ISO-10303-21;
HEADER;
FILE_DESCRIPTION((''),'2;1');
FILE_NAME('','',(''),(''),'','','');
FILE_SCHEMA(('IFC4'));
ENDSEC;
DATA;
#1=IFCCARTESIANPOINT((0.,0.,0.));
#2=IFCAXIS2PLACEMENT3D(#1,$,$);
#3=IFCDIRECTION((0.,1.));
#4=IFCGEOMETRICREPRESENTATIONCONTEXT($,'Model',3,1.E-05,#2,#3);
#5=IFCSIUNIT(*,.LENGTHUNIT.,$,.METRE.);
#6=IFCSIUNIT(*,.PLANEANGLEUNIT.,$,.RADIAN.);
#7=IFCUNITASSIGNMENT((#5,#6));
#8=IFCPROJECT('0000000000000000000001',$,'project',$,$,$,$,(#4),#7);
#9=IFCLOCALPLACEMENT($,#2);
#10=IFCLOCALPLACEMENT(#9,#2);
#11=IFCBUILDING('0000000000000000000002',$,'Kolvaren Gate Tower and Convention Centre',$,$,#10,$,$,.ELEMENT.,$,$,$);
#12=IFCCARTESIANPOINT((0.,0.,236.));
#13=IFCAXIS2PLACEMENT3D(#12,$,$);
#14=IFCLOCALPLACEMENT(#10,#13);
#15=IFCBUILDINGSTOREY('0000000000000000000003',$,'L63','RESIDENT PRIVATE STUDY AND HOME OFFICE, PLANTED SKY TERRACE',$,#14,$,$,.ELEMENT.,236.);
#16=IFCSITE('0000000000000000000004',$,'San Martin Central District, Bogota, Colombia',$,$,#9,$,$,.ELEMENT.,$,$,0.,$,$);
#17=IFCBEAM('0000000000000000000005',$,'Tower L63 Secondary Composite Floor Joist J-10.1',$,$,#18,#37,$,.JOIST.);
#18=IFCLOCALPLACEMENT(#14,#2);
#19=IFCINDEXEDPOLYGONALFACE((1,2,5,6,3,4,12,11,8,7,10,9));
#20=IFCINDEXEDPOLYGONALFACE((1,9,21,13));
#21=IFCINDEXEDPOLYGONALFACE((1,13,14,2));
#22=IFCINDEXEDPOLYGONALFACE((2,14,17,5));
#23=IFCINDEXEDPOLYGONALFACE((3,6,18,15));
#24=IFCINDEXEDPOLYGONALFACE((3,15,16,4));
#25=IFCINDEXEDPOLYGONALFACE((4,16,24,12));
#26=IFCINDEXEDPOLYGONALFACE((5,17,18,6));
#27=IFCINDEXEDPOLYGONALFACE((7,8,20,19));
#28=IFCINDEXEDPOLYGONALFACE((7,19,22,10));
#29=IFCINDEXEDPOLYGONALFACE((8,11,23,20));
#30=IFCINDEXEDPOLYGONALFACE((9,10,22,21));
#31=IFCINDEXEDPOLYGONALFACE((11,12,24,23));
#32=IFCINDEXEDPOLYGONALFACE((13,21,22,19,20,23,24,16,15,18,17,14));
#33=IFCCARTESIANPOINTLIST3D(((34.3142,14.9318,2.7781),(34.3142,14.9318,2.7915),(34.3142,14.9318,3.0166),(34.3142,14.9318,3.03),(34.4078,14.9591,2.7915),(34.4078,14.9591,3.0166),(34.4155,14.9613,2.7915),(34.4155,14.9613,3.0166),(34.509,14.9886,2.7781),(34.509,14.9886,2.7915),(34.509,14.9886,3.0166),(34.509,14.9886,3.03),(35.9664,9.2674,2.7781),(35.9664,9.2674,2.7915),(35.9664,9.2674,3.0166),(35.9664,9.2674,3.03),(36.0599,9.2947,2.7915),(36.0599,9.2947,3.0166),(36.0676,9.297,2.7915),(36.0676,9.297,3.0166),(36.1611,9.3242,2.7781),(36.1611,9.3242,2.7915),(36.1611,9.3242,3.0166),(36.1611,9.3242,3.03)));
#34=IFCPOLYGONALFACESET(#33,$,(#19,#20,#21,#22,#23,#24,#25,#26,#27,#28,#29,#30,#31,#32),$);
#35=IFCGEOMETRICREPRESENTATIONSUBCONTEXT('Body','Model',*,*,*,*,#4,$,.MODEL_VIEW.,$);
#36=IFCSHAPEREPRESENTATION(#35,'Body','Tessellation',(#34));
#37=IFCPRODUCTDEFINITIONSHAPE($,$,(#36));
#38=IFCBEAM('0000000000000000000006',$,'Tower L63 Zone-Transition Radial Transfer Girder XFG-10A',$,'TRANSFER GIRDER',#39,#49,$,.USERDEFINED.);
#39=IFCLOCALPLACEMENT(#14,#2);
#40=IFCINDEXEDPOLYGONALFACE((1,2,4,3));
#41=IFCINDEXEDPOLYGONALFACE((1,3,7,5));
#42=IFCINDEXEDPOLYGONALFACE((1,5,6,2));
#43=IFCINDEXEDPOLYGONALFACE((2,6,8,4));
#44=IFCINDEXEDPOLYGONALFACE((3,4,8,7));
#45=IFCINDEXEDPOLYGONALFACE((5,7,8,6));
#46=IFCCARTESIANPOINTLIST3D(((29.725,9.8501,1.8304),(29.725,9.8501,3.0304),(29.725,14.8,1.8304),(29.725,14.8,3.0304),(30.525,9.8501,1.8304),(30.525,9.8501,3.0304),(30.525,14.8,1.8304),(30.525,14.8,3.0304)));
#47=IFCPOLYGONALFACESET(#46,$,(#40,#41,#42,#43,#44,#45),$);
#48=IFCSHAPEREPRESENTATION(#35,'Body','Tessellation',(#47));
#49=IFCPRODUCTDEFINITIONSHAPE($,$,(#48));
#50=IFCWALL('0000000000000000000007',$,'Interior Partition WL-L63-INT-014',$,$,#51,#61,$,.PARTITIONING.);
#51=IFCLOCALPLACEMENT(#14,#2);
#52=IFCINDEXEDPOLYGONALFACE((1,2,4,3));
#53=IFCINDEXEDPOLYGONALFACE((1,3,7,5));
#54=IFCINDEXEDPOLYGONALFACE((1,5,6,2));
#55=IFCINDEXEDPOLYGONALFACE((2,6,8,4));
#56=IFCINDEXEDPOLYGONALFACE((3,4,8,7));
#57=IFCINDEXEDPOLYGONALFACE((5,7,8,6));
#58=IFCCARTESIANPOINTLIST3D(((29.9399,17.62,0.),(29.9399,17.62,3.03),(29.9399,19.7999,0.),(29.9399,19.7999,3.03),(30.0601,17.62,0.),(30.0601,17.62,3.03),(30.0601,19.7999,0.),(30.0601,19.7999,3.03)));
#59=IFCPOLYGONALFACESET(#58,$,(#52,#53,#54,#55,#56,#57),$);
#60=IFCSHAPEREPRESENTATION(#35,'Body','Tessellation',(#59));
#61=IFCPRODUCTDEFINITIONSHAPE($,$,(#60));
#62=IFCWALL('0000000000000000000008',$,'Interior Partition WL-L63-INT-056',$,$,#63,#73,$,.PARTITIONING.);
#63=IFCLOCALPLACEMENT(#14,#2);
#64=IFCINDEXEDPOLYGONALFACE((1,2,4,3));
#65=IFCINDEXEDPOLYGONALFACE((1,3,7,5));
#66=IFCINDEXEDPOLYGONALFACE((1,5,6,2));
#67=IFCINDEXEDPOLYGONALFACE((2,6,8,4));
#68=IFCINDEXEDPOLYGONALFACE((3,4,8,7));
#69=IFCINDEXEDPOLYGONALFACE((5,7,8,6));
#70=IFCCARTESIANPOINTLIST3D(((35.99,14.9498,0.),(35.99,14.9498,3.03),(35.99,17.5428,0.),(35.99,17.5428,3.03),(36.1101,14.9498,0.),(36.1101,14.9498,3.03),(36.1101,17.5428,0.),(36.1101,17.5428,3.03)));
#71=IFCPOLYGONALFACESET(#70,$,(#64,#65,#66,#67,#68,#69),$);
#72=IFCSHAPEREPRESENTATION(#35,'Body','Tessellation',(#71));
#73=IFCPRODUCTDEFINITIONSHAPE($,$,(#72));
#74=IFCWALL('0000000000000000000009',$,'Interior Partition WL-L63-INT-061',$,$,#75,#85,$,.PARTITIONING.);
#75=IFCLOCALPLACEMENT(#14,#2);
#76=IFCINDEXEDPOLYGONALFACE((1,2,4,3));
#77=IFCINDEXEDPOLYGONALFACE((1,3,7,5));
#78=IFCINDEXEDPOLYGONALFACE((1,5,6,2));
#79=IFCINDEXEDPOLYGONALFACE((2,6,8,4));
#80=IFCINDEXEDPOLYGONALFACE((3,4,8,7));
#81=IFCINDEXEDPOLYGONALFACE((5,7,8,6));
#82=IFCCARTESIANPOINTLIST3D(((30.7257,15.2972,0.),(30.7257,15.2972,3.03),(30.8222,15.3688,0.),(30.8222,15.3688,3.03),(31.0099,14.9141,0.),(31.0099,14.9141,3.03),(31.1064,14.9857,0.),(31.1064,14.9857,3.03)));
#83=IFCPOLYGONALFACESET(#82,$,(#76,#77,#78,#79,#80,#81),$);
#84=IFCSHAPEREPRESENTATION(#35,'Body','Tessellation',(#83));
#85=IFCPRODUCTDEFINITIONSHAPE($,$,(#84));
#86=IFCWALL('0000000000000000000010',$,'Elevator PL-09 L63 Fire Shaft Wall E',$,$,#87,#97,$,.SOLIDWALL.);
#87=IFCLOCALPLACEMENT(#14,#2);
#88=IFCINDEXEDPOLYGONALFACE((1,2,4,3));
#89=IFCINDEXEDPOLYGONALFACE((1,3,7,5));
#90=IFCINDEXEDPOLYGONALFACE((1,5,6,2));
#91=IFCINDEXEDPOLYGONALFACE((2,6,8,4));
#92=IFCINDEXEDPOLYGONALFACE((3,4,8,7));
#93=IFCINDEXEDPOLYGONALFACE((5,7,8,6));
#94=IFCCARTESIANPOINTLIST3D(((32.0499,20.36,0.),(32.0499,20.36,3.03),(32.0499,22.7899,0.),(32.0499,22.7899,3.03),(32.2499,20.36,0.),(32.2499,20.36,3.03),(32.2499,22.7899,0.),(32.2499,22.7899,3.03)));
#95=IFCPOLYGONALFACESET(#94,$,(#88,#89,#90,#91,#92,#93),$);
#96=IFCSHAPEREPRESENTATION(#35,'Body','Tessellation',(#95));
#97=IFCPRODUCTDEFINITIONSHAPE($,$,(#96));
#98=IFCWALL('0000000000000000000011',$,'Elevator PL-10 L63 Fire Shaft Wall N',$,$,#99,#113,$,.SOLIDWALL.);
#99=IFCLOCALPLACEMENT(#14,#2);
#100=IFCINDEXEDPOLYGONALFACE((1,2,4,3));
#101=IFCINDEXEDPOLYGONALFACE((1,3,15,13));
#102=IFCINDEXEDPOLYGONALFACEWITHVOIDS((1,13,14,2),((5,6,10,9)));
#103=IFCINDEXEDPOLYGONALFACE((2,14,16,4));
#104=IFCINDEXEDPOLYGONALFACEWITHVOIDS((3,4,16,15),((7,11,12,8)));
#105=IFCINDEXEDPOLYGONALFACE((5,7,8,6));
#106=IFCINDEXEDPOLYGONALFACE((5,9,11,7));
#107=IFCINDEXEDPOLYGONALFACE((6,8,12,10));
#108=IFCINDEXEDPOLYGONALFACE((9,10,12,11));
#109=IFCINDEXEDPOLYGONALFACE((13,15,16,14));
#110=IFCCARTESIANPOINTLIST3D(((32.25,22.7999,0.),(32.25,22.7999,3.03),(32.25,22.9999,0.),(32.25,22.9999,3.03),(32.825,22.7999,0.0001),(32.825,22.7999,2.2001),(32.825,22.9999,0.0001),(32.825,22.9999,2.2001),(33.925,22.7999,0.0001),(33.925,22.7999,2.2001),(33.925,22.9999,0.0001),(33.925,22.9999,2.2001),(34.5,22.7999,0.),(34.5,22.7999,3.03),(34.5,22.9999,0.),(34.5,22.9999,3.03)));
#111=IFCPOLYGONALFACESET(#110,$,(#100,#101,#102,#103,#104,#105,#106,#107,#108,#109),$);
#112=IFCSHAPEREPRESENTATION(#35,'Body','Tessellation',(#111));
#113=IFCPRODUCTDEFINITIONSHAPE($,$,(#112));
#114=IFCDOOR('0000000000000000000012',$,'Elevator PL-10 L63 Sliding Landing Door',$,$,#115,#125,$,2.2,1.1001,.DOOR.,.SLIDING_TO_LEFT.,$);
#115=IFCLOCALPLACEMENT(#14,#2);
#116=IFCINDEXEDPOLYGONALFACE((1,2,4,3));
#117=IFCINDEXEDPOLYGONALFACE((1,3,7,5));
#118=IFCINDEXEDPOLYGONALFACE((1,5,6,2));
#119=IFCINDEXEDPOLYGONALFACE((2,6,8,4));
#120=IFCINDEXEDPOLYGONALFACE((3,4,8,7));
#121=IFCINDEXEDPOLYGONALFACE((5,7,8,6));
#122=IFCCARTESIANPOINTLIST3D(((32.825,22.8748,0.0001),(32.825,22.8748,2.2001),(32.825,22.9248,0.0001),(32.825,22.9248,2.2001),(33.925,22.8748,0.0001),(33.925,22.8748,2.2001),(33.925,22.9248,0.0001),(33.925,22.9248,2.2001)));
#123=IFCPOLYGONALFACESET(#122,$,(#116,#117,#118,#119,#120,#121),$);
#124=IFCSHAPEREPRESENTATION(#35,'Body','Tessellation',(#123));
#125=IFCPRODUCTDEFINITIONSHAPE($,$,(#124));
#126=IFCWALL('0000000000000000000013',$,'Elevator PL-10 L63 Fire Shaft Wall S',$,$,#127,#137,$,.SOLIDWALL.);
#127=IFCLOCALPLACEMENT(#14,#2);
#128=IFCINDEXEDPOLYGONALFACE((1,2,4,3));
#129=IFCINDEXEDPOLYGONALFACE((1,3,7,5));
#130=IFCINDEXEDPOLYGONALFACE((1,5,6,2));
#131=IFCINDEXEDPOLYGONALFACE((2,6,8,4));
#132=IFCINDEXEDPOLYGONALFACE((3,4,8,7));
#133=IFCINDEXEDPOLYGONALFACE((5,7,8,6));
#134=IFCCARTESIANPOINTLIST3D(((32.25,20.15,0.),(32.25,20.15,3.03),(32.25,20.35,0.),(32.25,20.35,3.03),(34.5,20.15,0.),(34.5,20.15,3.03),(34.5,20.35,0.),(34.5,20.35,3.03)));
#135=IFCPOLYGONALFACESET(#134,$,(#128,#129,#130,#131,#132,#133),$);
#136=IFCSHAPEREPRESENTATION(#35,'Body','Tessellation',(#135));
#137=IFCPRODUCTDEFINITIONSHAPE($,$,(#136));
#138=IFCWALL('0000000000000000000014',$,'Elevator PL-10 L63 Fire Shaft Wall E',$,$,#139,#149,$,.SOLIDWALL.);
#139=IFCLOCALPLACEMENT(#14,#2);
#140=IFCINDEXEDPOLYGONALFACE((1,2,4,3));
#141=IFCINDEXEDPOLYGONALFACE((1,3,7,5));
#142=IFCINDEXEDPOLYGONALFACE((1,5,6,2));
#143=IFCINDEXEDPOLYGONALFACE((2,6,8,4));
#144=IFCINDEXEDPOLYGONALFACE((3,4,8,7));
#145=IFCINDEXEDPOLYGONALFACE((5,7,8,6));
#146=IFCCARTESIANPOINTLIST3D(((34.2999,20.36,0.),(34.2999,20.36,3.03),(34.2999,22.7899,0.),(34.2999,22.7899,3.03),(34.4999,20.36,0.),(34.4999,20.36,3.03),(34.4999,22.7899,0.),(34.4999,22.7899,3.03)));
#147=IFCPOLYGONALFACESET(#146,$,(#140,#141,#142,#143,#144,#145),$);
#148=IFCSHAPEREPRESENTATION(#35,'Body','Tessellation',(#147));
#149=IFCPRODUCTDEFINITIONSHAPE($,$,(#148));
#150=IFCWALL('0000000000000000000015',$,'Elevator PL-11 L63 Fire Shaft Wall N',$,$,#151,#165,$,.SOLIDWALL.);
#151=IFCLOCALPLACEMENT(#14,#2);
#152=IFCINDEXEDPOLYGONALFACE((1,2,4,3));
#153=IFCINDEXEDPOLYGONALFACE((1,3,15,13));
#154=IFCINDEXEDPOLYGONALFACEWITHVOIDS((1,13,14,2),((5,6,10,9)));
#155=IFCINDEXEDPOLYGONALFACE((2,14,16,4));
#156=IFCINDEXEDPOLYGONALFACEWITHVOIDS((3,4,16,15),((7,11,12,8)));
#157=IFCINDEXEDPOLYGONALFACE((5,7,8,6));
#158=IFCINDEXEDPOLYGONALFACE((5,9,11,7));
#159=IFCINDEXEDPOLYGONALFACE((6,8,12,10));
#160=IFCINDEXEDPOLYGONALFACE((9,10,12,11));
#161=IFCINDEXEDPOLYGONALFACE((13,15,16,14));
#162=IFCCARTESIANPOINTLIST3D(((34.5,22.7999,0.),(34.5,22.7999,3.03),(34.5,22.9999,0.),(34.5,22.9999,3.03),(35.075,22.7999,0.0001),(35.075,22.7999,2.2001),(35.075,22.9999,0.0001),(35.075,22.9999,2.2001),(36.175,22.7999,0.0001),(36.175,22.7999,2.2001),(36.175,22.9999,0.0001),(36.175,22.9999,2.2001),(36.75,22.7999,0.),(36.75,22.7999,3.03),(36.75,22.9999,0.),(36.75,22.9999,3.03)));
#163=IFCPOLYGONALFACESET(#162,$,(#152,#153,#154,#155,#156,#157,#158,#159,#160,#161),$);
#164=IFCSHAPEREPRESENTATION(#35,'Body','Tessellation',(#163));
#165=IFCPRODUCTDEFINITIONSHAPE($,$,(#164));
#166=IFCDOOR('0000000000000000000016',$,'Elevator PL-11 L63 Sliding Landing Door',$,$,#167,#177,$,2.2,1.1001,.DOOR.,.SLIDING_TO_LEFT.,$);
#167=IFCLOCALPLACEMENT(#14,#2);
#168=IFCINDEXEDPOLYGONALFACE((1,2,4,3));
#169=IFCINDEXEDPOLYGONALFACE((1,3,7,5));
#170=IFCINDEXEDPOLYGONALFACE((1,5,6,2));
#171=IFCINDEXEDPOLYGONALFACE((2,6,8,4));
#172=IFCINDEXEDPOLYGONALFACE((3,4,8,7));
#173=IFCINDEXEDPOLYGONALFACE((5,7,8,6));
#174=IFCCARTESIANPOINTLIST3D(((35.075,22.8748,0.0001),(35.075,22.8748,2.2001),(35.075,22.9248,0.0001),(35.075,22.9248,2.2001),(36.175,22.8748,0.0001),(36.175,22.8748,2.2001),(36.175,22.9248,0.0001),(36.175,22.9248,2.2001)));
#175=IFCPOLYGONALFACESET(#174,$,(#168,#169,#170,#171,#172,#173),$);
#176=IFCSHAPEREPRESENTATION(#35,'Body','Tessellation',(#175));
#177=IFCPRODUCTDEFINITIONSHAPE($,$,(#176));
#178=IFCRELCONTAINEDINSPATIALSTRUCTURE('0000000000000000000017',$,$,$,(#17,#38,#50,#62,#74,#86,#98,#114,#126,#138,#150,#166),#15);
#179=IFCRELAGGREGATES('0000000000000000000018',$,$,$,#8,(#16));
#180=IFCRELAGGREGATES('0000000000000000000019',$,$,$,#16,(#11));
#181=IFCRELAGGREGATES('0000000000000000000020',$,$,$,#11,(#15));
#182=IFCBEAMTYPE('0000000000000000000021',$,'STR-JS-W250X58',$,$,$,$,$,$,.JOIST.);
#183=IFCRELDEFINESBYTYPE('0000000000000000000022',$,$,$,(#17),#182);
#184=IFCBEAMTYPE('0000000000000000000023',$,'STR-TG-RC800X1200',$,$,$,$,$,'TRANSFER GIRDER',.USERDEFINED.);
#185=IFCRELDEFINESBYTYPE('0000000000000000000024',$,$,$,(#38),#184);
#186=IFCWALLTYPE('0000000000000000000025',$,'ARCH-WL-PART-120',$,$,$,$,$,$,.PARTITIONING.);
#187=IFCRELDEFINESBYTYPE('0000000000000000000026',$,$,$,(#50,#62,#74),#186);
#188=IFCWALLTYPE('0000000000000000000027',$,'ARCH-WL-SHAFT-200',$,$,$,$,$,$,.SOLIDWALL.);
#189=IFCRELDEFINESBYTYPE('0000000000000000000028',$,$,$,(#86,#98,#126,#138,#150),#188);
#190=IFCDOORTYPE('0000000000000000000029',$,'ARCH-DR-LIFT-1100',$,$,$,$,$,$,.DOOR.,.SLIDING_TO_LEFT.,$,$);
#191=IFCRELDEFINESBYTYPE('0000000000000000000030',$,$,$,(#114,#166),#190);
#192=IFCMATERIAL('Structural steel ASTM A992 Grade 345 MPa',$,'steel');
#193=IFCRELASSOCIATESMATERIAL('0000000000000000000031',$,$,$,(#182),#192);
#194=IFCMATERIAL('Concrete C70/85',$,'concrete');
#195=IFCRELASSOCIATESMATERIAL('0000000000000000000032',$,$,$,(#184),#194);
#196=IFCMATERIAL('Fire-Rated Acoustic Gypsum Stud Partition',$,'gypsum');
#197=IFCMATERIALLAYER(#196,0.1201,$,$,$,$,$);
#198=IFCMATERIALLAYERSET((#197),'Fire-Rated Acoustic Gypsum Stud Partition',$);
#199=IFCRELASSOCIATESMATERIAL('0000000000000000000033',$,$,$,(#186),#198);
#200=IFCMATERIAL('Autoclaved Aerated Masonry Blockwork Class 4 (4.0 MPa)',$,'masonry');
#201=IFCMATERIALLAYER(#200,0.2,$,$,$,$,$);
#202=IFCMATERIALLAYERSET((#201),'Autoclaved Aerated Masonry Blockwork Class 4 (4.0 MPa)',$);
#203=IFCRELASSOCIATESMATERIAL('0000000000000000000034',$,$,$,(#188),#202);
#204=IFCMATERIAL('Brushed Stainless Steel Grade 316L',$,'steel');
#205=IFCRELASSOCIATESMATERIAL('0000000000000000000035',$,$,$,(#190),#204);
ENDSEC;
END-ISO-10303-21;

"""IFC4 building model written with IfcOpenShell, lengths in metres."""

from ifc_helpers import new_model, si_unit, direction, frame, frame_2d, origin, origin_2d, place, context, subcontext, project, spatial, rectangle, i_section, extrude, material, layer, layer_set, material_profile, profile_set, type_object, element, fill, save


model = new_model("IFC4")

# Units and contexts
model_context = context("Model", 3, precision=1e-05, world=origin(), true_north=direction((0.0, 1.0)))
body_context = subcontext(model_context, "Body", "Model", "MODEL_VIEW")
ifc_project = project(units=[si_unit("LENGTHUNIT", "METRE"), si_unit("PLANEANGLEUNIT", "RADIAN")], contexts=[model_context])

# Site, building, storey
site_placement = place(None, origin())
site = spatial("IfcSite", under=ifc_project, at=site_placement, Name="San Martin Central District, Bogota, Colombia", CompositionType="ELEMENT", RefElevation=0.0)
building_placement = place(site_placement, origin())
building = spatial("IfcBuilding", under=site, at=building_placement, Name="Kolvaren Gate Tower and Convention Centre", CompositionType="ELEMENT")
storey_placement = place(building_placement, frame((0.0, 0.0, 236.0)))
storey = spatial("IfcBuildingStorey", under=building, at=storey_placement, Name="L63", Description="RESIDENT PRIVATE STUDY AND HOME OFFICE, PLANTED SKY TERRACE", CompositionType="ELEMENT", Elevation=236.0)

# Beams
ifc_material_1 = material(Name="Structural steel ASTM A992 Grade 345 MPa", Category="steel")
ifc_material_profile_1 = material_profile(ifc_material_1, i_section(OverallWidth=0.2029, OverallDepth=0.252, WebThickness=0.0081, FlangeThickness=0.0134, at=origin_2d()), Name="W250X58")
ifc_profile_set_1 = profile_set([ifc_material_profile_1], Name="Structural steel ASTM A992 Grade 345 MPa")
beam_type_1 = type_object("IfcBeamType", Name="STR-JS-W250X58", PredefinedType="JOIST", material=ifc_profile_set_1)
beam_1_placement = place(storey_placement, frame((34.4116, 14.9602, 2.9041), z_axis=(0.280002, -0.96, 0.0), x_axis=(0.96, 0.280002, 0.0)))
element("IfcBeam", 1, at=beam_1_placement, inside=storey, type_object=beam_type_1, Name="Tower L63 Secondary Composite Floor Joist J-10.1", PredefinedType="JOIST", context=body_context, shape_type="SweptSolid", body=[
    extrude(i_section(OverallWidth=0.2029, OverallDepth=0.252, WebThickness=0.0081, FlangeThickness=0.0134, at=origin_2d()), origin(), (0.0, 0.0, 1.0), 5.9004),
])
ifc_material_2 = material(Name="Concrete C70/85", Category="concrete")
ifc_material_profile_2 = material_profile(ifc_material_2, rectangle(XDim=0.8, YDim=1.2, at=origin_2d()), Name="RC-BM-800X1200")
ifc_profile_set_2 = profile_set([ifc_material_profile_2], Name="Concrete C70/85")
beam_type_2 = type_object("IfcBeamType", Name="STR-TG-RC800X1200", ElementType="TRANSFER GIRDER", PredefinedType="USERDEFINED", material=ifc_profile_set_2)
beam_2_placement = place(storey_placement, frame((30.125, 14.8, 2.4304), z_axis=(0.0, -1.0, 0.0), x_axis=(1.0, 0.0, 0.0)))
element("IfcBeam", 2, at=beam_2_placement, inside=storey, type_object=beam_type_2, Name="Tower L63 Zone-Transition Radial Transfer Girder XFG-10A", ObjectType="TRANSFER GIRDER", PredefinedType="USERDEFINED", context=body_context, shape_type="SweptSolid", body=[
    extrude(rectangle(XDim=0.8, YDim=1.2, at=origin_2d()), origin(), (0.0, 0.0, 1.0), 4.95),
])

# Walls
ifc_material_3 = material(Name="Fire-Rated Acoustic Gypsum Stud Partition", Category="gypsum")
ifc_layer_1 = layer(ifc_material_3, 0.1201)
ifc_layer_set_1 = layer_set([ifc_layer_1], Name="Fire-Rated Acoustic Gypsum Stud Partition")
wall_type_1 = type_object("IfcWallType", Name="ARCH-WL-PART-120", PredefinedType="PARTITIONING", material=ifc_layer_set_1)
wall_1_placement = place(storey_placement, frame((30.0, 17.6201, 0.0), z_axis=(0.0, 0.0, 1.0), x_axis=(0.0, 1.0, 0.0)))
element("IfcWall", 3, at=wall_1_placement, inside=storey, type_object=wall_type_1, Name="Interior Partition WL-L63-INT-014", PredefinedType="PARTITIONING", context=body_context, shape_type="SweptSolid", body=[
    extrude(rectangle(XDim=2.1799, YDim=0.1201, at=frame_2d((1.0898, 0.0))), origin(), (0.0, 0.0, 1.0), 3.03),
])
wall_2_placement = place(storey_placement, frame((36.05, 14.95, 0.0), z_axis=(0.0, 0.0, 1.0), x_axis=(0.0, 1.0, 0.0)))
element("IfcWall", 4, at=wall_2_placement, inside=storey, type_object=wall_type_1, Name="Interior Partition WL-L63-INT-056", PredefinedType="PARTITIONING", context=body_context, shape_type="SweptSolid", body=[
    extrude(rectangle(XDim=2.593, YDim=0.1201, at=frame_2d((1.2964, 0.0))), origin(), (0.0, 0.0, 1.0), 3.03),
])
wall_3_placement = place(storey_placement, frame((30.7739, 15.333, 0.0), z_axis=(0.0, 0.0, 1.0), x_axis=(0.595815, -0.803122, 0.0)))
element("IfcWall", 5, at=wall_3_placement, inside=storey, type_object=wall_type_1, Name="Interior Partition WL-L63-INT-061", PredefinedType="PARTITIONING", context=body_context, shape_type="SweptSolid", body=[
    extrude(rectangle(XDim=0.4771, YDim=0.1201, at=frame_2d((0.2385, 0.0))), origin(), (0.0, 0.0, 1.0), 3.03),
])
ifc_material_4 = material(Name="Autoclaved Aerated Masonry Blockwork Class 4 (4.0 MPa)", Category="masonry")
ifc_layer_2 = layer(ifc_material_4, 0.2)
ifc_layer_set_2 = layer_set([ifc_layer_2], Name="Autoclaved Aerated Masonry Blockwork Class 4 (4.0 MPa)")
wall_type_2 = type_object("IfcWallType", Name="ARCH-WL-SHAFT-200", PredefinedType="SOLIDWALL", material=ifc_layer_set_2)
wall_4_placement = place(storey_placement, frame((32.1499, 20.3601, 0.0), z_axis=(0.0, 0.0, 1.0), x_axis=(0.0, 1.0, 0.0)))
element("IfcWall", 6, at=wall_4_placement, inside=storey, type_object=wall_type_2, Name="Elevator PL-09 L63 Fire Shaft Wall E", PredefinedType="SOLIDWALL", context=body_context, shape_type="SweptSolid", body=[
    extrude(rectangle(XDim=2.4299, YDim=0.2, at=frame_2d((1.2148, 0.0))), origin(), (0.0, 0.0, 1.0), 3.03),
])

# Wall, opening, door
wall_5_placement = place(storey_placement, frame((32.25, 22.8999, 0.0), z_axis=(0.0, 0.0, 1.0), x_axis=(1.0, 0.0, 0.0)))
wall_5 = element("IfcWall", 7, at=wall_5_placement, inside=storey, type_object=wall_type_2, Name="Elevator PL-10 L63 Fire Shaft Wall N", PredefinedType="SOLIDWALL", context=body_context, shape_type="SweptSolid", body=[
    extrude(rectangle(XDim=2.25, YDim=0.2, at=frame_2d((1.125, 0.0))), origin(), (0.0, 0.0, 1.0), 3.03),
])
opening_1_placement = place(wall_5_placement, frame((0.575, 0.0, 0.0)))
opening_1 = element("IfcOpeningElement", 8, at=opening_1_placement, cuts=wall_5, PredefinedType="OPENING", context=body_context, shape_type="SweptSolid", body=[
    extrude(rectangle(XDim=1.1001, YDim=2.2, at=frame_2d((0.55, 1.1001))), frame((0.0, 0.1099, 0.0), z_axis=(0.0, -1.0, 0.0), x_axis=(1.0, 0.0, 0.0)), (0.0, 0.0, 1.0), 0.22),
])
ifc_material_5 = material(Name="Brushed Stainless Steel Grade 316L", Category="steel")
door_type_1 = type_object("IfcDoorType", Name="ARCH-DR-LIFT-1100", OperationType="SLIDING_TO_LEFT", PredefinedType="DOOR", material=ifc_material_5)
door_1_placement = place(opening_1_placement, origin())
door_1 = element("IfcDoor", 9, at=door_1_placement, inside=storey, type_object=door_type_1, Name="Elevator PL-10 L63 Sliding Landing Door", OperationType="SLIDING_TO_LEFT", OverallHeight=2.2, OverallWidth=1.1001, PredefinedType="DOOR", context=body_context, shape_type="SweptSolid", body=[
    extrude(rectangle(XDim=1.1001, YDim=2.2, at=frame_2d((0.55, 1.1001))), frame((0.0, 0.0249, 0.0), z_axis=(0.0, -1.0, 0.0), x_axis=(1.0, 0.0, 0.0)), (0.0, 0.0, 1.0), 0.05),
])
fill(opening_1, door_1)

# Walls
wall_6_placement = place(storey_placement, frame((32.25, 20.25, 0.0), z_axis=(0.0, 0.0, 1.0), x_axis=(1.0, 0.0, 0.0)))
element("IfcWall", 10, at=wall_6_placement, inside=storey, type_object=wall_type_2, Name="Elevator PL-10 L63 Fire Shaft Wall S", PredefinedType="SOLIDWALL", context=body_context, shape_type="SweptSolid", body=[
    extrude(rectangle(XDim=2.25, YDim=0.2, at=frame_2d((1.125, 0.0))), origin(), (0.0, 0.0, 1.0), 3.03),
])
wall_7_placement = place(storey_placement, frame((34.3999, 20.3601, 0.0), z_axis=(0.0, 0.0, 1.0), x_axis=(0.0, 1.0, 0.0)))
element("IfcWall", 11, at=wall_7_placement, inside=storey, type_object=wall_type_2, Name="Elevator PL-10 L63 Fire Shaft Wall E", PredefinedType="SOLIDWALL", context=body_context, shape_type="SweptSolid", body=[
    extrude(rectangle(XDim=2.4299, YDim=0.2, at=frame_2d((1.2148, 0.0))), origin(), (0.0, 0.0, 1.0), 3.03),
])

# Wall, opening, door
wall_8_placement = place(storey_placement, frame((34.5, 22.8999, 0.0), z_axis=(0.0, 0.0, 1.0), x_axis=(1.0, 0.0, 0.0)))
wall_8 = element("IfcWall", 12, at=wall_8_placement, inside=storey, type_object=wall_type_2, Name="Elevator PL-11 L63 Fire Shaft Wall N", PredefinedType="SOLIDWALL", context=body_context, shape_type="SweptSolid", body=[
    extrude(rectangle(XDim=2.25, YDim=0.2, at=frame_2d((1.125, 0.0))), origin(), (0.0, 0.0, 1.0), 3.03),
])
opening_2_placement = place(wall_8_placement, frame((0.575, 0.0, 0.0)))
opening_2 = element("IfcOpeningElement", 13, at=opening_2_placement, cuts=wall_8, PredefinedType="OPENING", context=body_context, shape_type="SweptSolid", body=[
    extrude(rectangle(XDim=1.1001, YDim=2.2, at=frame_2d((0.55, 1.1001))), frame((0.0, 0.1099, 0.0), z_axis=(0.0, -1.0, 0.0), x_axis=(1.0, 0.0, 0.0)), (0.0, 0.0, 1.0), 0.22),
])
door_2_placement = place(opening_2_placement, origin())
door_2 = element("IfcDoor", 14, at=door_2_placement, inside=storey, type_object=door_type_1, Name="Elevator PL-11 L63 Sliding Landing Door", OperationType="SLIDING_TO_LEFT", OverallHeight=2.2, OverallWidth=1.1001, PredefinedType="DOOR", context=body_context, shape_type="SweptSolid", body=[
    extrude(rectangle(XDim=1.1001, YDim=2.2, at=frame_2d((0.55, 1.1001))), frame((0.0, 0.0249, 0.0), z_axis=(0.0, -1.0, 0.0), x_axis=(1.0, 0.0, 0.0)), (0.0, 0.0, 1.0), 0.05),
])
fill(opening_2, door_2)

save(model, "model.ifc")
